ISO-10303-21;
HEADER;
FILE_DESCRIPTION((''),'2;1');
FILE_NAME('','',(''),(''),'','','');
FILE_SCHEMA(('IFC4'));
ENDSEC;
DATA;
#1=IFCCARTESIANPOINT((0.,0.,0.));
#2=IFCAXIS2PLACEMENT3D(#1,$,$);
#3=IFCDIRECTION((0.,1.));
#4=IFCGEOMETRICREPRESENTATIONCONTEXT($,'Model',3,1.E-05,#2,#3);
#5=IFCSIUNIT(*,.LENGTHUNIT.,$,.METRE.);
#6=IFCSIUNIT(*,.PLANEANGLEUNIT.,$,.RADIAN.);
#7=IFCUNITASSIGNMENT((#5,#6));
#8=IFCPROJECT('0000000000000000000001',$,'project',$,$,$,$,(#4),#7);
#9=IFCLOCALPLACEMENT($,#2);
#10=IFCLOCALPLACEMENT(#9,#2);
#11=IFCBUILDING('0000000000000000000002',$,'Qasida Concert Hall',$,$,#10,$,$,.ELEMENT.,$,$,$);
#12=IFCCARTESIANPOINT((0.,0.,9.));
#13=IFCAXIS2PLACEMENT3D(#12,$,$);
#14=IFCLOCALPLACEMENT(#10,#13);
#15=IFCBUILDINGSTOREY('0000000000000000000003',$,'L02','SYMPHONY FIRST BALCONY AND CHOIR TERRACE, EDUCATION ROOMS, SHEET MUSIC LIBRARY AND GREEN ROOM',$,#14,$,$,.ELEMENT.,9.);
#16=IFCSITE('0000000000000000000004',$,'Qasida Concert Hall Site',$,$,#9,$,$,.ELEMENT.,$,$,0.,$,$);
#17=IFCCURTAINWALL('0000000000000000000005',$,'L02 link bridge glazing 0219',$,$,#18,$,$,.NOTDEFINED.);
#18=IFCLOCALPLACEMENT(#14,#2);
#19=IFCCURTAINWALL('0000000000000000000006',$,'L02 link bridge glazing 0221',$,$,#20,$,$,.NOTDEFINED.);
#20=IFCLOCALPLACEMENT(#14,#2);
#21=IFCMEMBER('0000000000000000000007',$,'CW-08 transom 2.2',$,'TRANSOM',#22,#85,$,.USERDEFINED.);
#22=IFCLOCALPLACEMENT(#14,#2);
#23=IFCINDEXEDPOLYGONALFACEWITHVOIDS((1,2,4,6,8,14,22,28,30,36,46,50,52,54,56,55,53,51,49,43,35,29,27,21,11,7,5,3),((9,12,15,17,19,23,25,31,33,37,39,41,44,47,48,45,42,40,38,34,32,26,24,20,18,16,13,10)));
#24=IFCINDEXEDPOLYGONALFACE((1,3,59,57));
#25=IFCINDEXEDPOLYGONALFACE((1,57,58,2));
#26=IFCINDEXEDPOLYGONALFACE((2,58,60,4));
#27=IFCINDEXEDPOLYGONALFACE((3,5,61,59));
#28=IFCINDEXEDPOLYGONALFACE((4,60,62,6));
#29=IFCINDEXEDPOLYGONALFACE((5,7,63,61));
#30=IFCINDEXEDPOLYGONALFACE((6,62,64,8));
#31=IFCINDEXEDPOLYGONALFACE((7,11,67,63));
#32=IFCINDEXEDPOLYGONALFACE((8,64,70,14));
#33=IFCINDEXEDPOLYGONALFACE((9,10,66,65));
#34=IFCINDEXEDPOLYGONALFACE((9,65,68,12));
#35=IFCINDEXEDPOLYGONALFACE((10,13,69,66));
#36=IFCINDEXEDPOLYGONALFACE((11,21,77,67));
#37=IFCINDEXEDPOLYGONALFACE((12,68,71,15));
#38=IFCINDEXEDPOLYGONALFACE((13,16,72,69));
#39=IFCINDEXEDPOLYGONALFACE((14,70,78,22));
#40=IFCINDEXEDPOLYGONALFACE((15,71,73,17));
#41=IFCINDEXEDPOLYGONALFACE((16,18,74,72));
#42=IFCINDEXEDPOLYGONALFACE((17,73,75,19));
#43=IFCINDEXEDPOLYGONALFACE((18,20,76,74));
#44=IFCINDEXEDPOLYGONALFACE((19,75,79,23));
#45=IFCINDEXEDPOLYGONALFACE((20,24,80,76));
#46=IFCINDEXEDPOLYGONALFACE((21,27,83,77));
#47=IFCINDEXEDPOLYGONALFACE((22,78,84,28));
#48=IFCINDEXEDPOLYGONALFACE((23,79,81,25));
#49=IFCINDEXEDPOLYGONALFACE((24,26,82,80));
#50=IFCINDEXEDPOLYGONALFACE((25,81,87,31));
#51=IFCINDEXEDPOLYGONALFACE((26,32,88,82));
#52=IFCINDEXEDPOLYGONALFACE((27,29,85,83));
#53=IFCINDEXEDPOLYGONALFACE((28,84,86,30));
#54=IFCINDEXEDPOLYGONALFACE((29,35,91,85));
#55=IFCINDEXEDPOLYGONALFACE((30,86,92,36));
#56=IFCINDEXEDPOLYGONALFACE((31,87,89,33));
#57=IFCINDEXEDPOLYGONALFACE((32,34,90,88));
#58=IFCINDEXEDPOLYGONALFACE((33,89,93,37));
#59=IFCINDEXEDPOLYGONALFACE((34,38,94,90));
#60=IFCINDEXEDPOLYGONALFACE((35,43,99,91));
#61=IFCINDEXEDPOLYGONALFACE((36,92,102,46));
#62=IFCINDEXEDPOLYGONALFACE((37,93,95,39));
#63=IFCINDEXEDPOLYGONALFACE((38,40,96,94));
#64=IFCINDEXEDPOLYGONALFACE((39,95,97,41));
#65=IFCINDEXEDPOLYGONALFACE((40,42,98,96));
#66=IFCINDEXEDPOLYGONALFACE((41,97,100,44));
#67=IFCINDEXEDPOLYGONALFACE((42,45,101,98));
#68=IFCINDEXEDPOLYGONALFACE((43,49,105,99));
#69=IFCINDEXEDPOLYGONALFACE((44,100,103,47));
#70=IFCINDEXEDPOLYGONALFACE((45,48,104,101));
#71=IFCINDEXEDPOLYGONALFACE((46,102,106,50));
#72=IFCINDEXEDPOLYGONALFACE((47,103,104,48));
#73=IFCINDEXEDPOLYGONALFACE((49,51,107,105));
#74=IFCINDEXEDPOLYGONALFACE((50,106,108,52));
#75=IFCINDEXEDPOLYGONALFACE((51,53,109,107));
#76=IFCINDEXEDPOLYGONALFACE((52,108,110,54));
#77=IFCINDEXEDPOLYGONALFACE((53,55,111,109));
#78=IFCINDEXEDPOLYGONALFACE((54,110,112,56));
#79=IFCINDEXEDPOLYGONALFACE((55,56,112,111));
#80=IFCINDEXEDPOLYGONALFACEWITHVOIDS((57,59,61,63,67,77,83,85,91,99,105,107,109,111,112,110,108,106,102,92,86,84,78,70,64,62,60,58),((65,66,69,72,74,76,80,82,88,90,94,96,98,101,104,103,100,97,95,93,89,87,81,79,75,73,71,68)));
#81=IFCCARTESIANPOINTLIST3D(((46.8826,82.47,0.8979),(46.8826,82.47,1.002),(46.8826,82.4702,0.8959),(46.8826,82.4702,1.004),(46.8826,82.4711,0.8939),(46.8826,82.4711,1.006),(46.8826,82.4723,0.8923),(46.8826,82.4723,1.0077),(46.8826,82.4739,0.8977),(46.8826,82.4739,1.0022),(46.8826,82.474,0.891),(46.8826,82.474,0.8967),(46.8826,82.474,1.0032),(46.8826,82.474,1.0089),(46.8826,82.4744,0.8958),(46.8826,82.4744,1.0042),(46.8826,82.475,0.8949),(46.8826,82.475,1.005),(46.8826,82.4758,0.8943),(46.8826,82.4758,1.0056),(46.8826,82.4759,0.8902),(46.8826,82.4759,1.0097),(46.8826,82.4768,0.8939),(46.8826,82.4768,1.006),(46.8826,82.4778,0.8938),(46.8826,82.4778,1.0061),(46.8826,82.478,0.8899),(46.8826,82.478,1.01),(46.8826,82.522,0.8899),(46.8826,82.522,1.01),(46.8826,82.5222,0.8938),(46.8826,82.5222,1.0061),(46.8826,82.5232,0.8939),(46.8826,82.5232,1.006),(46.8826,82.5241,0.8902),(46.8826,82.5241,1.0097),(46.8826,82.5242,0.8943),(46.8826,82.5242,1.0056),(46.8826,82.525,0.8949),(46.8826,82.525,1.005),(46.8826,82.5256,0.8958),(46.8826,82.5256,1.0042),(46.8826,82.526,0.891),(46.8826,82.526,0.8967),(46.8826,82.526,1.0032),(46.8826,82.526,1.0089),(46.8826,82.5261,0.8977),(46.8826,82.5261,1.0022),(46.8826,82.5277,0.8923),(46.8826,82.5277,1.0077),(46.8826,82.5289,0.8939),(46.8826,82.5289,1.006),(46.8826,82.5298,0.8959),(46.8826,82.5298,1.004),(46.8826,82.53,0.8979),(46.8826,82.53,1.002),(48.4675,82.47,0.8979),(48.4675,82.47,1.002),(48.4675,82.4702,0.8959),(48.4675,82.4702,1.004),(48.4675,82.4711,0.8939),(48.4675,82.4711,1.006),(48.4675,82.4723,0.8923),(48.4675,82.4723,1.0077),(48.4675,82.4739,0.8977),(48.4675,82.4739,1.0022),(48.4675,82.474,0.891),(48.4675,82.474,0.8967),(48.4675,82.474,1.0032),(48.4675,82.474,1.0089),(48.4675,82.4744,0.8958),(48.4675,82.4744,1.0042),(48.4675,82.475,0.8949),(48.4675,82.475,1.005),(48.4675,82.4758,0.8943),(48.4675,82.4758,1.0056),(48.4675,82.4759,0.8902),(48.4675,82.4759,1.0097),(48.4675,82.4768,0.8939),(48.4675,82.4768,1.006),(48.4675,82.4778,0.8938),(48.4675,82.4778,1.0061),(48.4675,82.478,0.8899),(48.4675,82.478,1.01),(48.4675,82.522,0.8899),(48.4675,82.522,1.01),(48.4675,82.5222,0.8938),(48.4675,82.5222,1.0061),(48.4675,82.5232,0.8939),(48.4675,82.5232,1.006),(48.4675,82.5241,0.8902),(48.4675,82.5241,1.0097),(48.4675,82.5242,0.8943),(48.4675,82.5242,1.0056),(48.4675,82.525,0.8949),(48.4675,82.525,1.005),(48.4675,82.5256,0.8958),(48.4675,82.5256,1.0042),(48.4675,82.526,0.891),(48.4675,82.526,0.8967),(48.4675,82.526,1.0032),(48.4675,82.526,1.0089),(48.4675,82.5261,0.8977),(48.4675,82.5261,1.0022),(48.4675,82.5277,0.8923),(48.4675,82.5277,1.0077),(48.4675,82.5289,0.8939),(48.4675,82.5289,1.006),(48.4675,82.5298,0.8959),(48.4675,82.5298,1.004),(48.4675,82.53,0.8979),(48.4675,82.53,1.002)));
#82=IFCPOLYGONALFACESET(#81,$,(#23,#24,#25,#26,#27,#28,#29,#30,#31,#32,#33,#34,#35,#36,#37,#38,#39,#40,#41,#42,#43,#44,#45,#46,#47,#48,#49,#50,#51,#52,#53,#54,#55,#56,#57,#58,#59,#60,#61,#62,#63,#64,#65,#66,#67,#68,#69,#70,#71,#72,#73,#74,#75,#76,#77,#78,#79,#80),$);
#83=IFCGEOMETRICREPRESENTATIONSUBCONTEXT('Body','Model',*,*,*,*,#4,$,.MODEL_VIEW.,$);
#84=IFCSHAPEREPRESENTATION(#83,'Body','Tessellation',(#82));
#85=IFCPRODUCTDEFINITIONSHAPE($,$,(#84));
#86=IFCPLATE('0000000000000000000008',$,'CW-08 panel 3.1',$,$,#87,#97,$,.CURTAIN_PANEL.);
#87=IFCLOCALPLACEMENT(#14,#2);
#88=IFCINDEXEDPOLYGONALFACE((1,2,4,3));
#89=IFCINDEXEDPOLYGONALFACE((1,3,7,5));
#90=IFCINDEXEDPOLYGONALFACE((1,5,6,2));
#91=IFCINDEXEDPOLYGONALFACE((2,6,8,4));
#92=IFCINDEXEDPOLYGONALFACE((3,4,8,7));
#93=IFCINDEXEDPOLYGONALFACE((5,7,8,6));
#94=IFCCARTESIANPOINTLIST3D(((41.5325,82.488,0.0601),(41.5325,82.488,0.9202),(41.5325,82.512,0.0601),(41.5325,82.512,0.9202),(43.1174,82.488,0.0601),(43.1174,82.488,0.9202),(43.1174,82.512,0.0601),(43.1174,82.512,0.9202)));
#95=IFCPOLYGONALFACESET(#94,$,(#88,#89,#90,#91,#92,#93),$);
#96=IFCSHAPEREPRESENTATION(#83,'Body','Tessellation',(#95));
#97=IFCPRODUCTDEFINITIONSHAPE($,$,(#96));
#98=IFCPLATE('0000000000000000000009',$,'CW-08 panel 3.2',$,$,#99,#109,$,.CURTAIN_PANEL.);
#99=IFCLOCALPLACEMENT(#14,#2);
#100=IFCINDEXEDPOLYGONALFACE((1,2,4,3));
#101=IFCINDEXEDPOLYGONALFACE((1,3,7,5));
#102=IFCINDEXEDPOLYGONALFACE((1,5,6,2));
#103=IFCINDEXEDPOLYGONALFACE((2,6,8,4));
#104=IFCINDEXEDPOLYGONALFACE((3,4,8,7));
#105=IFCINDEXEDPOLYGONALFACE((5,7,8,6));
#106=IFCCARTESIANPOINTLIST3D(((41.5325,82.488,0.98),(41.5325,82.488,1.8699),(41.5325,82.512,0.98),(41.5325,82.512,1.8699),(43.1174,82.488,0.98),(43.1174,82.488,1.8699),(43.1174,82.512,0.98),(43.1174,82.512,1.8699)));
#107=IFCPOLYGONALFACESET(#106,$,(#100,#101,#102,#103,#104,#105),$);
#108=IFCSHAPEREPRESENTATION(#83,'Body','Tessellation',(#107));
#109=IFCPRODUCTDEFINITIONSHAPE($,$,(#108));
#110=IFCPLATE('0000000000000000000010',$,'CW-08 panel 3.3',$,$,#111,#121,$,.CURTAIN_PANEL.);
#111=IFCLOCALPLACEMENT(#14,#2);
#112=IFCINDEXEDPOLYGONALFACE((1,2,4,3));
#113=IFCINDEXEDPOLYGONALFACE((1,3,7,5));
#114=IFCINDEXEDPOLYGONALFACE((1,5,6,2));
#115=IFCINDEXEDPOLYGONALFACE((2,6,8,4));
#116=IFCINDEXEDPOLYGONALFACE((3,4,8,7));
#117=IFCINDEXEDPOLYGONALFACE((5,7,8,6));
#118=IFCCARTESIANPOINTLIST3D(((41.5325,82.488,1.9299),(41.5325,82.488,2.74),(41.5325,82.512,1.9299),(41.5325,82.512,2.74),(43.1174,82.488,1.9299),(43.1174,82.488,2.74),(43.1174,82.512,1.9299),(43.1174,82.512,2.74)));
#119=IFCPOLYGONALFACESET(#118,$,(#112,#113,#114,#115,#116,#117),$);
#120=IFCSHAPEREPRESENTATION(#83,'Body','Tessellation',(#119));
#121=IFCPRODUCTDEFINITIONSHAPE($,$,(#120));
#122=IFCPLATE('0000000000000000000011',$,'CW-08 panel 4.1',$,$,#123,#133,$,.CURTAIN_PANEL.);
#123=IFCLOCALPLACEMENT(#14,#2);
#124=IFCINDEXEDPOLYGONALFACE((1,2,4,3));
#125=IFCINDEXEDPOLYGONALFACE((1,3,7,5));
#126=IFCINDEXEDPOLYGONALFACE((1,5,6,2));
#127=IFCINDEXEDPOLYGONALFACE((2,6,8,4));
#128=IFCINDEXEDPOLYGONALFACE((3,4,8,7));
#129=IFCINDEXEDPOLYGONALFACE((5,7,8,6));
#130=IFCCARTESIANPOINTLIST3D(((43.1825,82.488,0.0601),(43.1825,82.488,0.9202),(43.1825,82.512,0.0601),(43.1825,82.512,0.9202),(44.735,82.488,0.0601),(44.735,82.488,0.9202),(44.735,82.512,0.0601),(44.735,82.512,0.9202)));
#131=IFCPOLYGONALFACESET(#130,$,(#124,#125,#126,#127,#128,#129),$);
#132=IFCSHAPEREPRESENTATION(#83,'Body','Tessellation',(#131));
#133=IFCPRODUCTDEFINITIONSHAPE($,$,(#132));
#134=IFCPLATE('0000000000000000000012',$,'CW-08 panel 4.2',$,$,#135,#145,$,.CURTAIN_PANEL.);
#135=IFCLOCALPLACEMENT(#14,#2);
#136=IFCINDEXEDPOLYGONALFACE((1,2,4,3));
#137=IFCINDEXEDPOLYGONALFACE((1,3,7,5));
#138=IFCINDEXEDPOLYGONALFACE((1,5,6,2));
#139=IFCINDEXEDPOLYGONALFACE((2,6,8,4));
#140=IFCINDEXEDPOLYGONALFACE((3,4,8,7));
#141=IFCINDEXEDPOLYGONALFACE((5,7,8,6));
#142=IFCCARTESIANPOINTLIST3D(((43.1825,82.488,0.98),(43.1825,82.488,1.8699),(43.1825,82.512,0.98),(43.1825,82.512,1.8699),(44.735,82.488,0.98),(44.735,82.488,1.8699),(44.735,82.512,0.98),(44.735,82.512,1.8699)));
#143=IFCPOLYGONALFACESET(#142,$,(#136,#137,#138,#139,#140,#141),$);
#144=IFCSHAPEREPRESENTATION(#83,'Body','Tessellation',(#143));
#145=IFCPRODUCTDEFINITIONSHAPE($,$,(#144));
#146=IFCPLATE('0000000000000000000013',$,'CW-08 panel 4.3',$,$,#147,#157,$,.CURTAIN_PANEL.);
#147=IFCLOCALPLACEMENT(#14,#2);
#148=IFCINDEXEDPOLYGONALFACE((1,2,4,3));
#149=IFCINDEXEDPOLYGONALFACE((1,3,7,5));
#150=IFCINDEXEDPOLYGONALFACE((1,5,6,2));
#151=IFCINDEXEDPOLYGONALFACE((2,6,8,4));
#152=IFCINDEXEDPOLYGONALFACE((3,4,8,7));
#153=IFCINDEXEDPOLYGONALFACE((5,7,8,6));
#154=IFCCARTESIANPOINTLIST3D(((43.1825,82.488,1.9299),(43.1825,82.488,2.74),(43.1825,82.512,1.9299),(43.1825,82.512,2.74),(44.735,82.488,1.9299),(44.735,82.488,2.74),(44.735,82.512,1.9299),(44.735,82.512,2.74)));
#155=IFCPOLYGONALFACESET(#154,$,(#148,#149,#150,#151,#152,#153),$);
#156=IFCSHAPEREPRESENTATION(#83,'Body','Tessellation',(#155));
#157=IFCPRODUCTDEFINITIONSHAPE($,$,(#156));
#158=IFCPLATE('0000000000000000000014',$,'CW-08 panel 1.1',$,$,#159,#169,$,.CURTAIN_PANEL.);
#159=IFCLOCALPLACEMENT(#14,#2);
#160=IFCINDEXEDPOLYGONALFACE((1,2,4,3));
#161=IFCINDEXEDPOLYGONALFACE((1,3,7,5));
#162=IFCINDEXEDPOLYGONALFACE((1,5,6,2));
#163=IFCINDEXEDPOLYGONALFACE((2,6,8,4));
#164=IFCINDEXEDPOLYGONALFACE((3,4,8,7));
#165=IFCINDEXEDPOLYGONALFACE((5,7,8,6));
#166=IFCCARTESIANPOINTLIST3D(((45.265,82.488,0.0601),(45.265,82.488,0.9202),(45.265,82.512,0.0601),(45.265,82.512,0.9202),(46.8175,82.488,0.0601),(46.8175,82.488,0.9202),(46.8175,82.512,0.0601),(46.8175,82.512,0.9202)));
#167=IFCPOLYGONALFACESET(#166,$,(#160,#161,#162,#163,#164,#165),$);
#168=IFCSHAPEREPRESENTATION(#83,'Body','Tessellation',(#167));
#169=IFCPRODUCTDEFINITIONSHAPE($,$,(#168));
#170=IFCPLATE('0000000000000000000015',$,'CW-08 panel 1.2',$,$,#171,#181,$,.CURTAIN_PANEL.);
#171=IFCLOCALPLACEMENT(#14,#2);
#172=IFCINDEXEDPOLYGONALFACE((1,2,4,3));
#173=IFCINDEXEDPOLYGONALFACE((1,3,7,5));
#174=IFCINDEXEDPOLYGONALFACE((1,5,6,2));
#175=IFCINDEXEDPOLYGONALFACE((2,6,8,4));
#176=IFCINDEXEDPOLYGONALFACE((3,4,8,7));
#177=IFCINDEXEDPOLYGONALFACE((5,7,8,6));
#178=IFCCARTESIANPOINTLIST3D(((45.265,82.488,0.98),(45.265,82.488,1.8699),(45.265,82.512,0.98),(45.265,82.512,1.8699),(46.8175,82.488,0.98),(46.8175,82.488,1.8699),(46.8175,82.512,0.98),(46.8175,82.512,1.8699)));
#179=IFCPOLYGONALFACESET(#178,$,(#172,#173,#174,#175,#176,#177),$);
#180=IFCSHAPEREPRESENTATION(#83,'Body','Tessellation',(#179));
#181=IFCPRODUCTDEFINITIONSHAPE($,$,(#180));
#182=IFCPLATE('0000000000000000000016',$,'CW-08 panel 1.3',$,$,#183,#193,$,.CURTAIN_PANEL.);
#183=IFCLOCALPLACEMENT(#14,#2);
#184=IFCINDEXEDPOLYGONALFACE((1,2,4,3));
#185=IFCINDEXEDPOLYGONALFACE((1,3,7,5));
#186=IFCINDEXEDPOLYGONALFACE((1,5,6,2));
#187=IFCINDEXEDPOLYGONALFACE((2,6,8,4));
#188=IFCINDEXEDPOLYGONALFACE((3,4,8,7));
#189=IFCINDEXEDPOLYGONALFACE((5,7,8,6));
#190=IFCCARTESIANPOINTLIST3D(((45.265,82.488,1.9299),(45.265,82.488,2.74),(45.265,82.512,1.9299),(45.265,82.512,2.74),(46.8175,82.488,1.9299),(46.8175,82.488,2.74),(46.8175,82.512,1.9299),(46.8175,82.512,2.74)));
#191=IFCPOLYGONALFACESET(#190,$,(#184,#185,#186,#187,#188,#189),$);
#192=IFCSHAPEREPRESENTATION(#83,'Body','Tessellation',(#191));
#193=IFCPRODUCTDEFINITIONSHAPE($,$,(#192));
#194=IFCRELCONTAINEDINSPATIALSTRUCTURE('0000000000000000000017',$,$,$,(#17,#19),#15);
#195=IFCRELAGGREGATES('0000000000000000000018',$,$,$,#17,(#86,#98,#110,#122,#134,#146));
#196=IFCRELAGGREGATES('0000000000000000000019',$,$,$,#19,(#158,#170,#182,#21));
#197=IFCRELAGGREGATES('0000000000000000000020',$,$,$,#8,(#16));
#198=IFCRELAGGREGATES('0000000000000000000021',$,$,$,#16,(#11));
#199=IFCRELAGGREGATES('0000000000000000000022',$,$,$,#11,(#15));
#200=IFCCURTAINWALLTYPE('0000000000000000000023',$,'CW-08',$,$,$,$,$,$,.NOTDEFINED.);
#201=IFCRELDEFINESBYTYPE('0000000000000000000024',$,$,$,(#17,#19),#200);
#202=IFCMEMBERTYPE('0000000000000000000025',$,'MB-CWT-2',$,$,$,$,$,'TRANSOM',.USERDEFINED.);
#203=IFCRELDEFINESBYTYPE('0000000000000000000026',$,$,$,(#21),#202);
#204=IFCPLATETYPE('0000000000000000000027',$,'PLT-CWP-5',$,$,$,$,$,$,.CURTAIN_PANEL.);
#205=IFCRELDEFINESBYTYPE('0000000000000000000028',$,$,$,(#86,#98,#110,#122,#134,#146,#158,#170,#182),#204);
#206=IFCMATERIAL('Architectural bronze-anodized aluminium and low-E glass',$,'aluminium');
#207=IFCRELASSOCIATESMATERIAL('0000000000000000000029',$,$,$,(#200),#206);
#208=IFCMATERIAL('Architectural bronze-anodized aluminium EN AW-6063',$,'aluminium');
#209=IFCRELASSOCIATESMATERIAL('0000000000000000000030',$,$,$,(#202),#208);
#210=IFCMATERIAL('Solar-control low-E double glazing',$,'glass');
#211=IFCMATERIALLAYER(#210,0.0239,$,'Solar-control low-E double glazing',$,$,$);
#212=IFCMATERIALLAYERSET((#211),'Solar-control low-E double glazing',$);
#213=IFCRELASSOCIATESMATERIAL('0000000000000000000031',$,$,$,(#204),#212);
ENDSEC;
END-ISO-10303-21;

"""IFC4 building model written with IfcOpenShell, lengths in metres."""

from ifc_helpers import new_model, si_unit, direction, frame, origin, origin_2d, place, context, subcontext, project, spatial, rectangle, hollow_rectangle, extrude, material, layer, layer_set, material_profile, profile_set, type_object, element, aggregate, save


model = new_model("IFC4")

# Units and contexts
model_context = context("Model", 3, precision=1e-05, world=origin(), true_north=direction((0.0, 1.0)))
body_context = subcontext(model_context, "Body", "Model", "MODEL_VIEW")
ifc_project = project(units=[si_unit("LENGTHUNIT", "METRE"), si_unit("PLANEANGLEUNIT", "RADIAN")], contexts=[model_context])

# Site, building, storey
site_placement = place(None, origin())
site = spatial("IfcSite", under=ifc_project, at=site_placement, Name="Qasida Concert Hall Site", CompositionType="ELEMENT", RefElevation=0.0)
building_placement = place(site_placement, origin())
building = spatial("IfcBuilding", under=site, at=building_placement, Name="Qasida Concert Hall", CompositionType="ELEMENT")
storey_placement = place(building_placement, frame((0.0, 0.0, 9.0)))
storey = spatial("IfcBuildingStorey", under=building, at=storey_placement, Name="L02", Description="SYMPHONY FIRST BALCONY AND CHOIR TERRACE, EDUCATION ROOMS, SHEET MUSIC LIBRARY AND GREEN ROOM", CompositionType="ELEMENT", Elevation=9.0)

# Curtain walls
ifc_material_1 = material(Name="Architectural bronze-anodized aluminium and low-E glass", Category="aluminium")
curtain_wall_type = type_object("IfcCurtainWallType", Name="CW-08", PredefinedType="NOTDEFINED", material=ifc_material_1)
curtain_wall_1_placement = place(storey_placement, origin())
curtain_wall_1 = element("IfcCurtainWall", 1, at=curtain_wall_1_placement, inside=storey, type_object=curtain_wall_type, Name="L02 link bridge glazing 0219", PredefinedType="NOTDEFINED")
ifc_material_2 = material(Name="Architectural bronze-anodized aluminium EN AW-6063", Category="aluminium")
curtain_wall_2_placement = place(storey_placement, origin())
curtain_wall_2 = element("IfcCurtainWall", 2, at=curtain_wall_2_placement, inside=storey, type_object=curtain_wall_type, Name="L02 link bridge glazing 0221", PredefinedType="NOTDEFINED")

# Member
ifc_material_profile_1 = material_profile(ifc_material_2, hollow_rectangle(XDim=0.0601, YDim=0.1201, WallThickness=0.0039, InnerFilletRadius=0.0039, OuterFilletRadius=0.0081, at=origin_2d()), Name="CWT 120x60x4")
ifc_profile_set_1 = profile_set([ifc_material_profile_1], Name="Architectural bronze-anodized aluminium EN AW-6063")
member_type_1 = type_object("IfcMemberType", Name="MB-CWT-2", ElementType="TRANSOM", PredefinedType="USERDEFINED", material=ifc_profile_set_1)
member_1_placement = place(storey_placement, frame((46.8826, 82.5, 0.95), z_axis=(1.0, 0.0, 0.0), x_axis=(0.0, 1.0, 0.0)))
member_1 = element("IfcMember", 3, at=member_1_placement, type_object=member_type_1, Name="CW-08 transom 2.2", ObjectType="TRANSOM", PredefinedType="USERDEFINED", context=body_context, shape_type="SweptSolid", body=[
    extrude(hollow_rectangle(XDim=0.0601, YDim=0.1201, WallThickness=0.0039, InnerFilletRadius=0.0039, OuterFilletRadius=0.0081, at=origin_2d()), origin(), (0.0, 0.0, 1.0), 1.585),
])

# Plates
ifc_material_3 = material(Name="Solar-control low-E double glazing", Category="glass")
ifc_layer = layer(ifc_material_3, 0.0239, Name="Solar-control low-E double glazing")
ifc_layer_set = layer_set([ifc_layer], Name="Solar-control low-E double glazing")
plate_type = type_object("IfcPlateType", Name="PLT-CWP-5", PredefinedType="CURTAIN_PANEL", material=ifc_layer_set)
plate_1_placement = place(storey_placement, frame((42.325, 82.5, 0.0601), z_axis=(0.0, 0.0, 1.0), x_axis=(1.0, 0.0, 0.0)))
plate_1 = element("IfcPlate", 4, at=plate_1_placement, type_object=plate_type, Name="CW-08 panel 3.1", PredefinedType="CURTAIN_PANEL", context=body_context, shape_type="SweptSolid", body=[
    extrude(rectangle(XDim=1.585, YDim=0.0239, at=origin_2d()), origin(), (0.0, 0.0, 1.0), 0.8601),
])
plate_2_placement = place(storey_placement, frame((42.325, 82.5, 0.98), z_axis=(0.0, 0.0, 1.0), x_axis=(1.0, 0.0, 0.0)))
plate_2 = element("IfcPlate", 5, at=plate_2_placement, type_object=plate_type, Name="CW-08 panel 3.2", PredefinedType="CURTAIN_PANEL", context=body_context, shape_type="SweptSolid", body=[
    extrude(rectangle(XDim=1.585, YDim=0.0239, at=origin_2d()), origin(), (0.0, 0.0, 1.0), 0.8899),
])
plate_3_placement = place(storey_placement, frame((42.325, 82.5, 1.9299), z_axis=(0.0, 0.0, 1.0), x_axis=(1.0, 0.0, 0.0)))
plate_3 = element("IfcPlate", 6, at=plate_3_placement, type_object=plate_type, Name="CW-08 panel 3.3", PredefinedType="CURTAIN_PANEL", context=body_context, shape_type="SweptSolid", body=[
    extrude(rectangle(XDim=1.585, YDim=0.0239, at=origin_2d()), origin(), (0.0, 0.0, 1.0), 0.8101),
])
plate_4_placement = place(storey_placement, frame((43.9587, 82.5, 0.0601), z_axis=(0.0, 0.0, 1.0), x_axis=(1.0, 0.0, 0.0)))
plate_4 = element("IfcPlate", 7, at=plate_4_placement, type_object=plate_type, Name="CW-08 panel 4.1", PredefinedType="CURTAIN_PANEL", context=body_context, shape_type="SweptSolid", body=[
    extrude(rectangle(XDim=1.5525, YDim=0.0239, at=origin_2d()), origin(), (0.0, 0.0, 1.0), 0.8601),
])
plate_5_placement = place(storey_placement, frame((43.9587, 82.5, 0.98), z_axis=(0.0, 0.0, 1.0), x_axis=(1.0, 0.0, 0.0)))
plate_5 = element("IfcPlate", 8, at=plate_5_placement, type_object=plate_type, Name="CW-08 panel 4.2", PredefinedType="CURTAIN_PANEL", context=body_context, shape_type="SweptSolid", body=[
    extrude(rectangle(XDim=1.5525, YDim=0.0239, at=origin_2d()), origin(), (0.0, 0.0, 1.0), 0.8899),
])
plate_6_placement = place(storey_placement, frame((43.9587, 82.5, 1.9299), z_axis=(0.0, 0.0, 1.0), x_axis=(1.0, 0.0, 0.0)))
plate_6 = element("IfcPlate", 9, at=plate_6_placement, type_object=plate_type, Name="CW-08 panel 4.3", PredefinedType="CURTAIN_PANEL", context=body_context, shape_type="SweptSolid", body=[
    extrude(rectangle(XDim=1.5525, YDim=0.0239, at=origin_2d()), origin(), (0.0, 0.0, 1.0), 0.8101),
])
aggregate(curtain_wall_1, [plate_1, plate_2, plate_3, plate_4, plate_5, plate_6])
plate_7_placement = place(storey_placement, frame((46.0413, 82.5, 0.0601), z_axis=(0.0, 0.0, 1.0), x_axis=(1.0, 0.0, 0.0)))
plate_7 = element("IfcPlate", 10, at=plate_7_placement, type_object=plate_type, Name="CW-08 panel 1.1", PredefinedType="CURTAIN_PANEL", context=body_context, shape_type="SweptSolid", body=[
    extrude(rectangle(XDim=1.5525, YDim=0.0239, at=origin_2d()), origin(), (0.0, 0.0, 1.0), 0.8601),
])
plate_8_placement = place(storey_placement, frame((46.0413, 82.5, 0.98), z_axis=(0.0, 0.0, 1.0), x_axis=(1.0, 0.0, 0.0)))
plate_8 = element("IfcPlate", 11, at=plate_8_placement, type_object=plate_type, Name="CW-08 panel 1.2", PredefinedType="CURTAIN_PANEL", context=body_context, shape_type="SweptSolid", body=[
    extrude(rectangle(XDim=1.5525, YDim=0.0239, at=origin_2d()), origin(), (0.0, 0.0, 1.0), 0.8899),
])
plate_9_placement = place(storey_placement, frame((46.0413, 82.5, 1.9299), z_axis=(0.0, 0.0, 1.0), x_axis=(1.0, 0.0, 0.0)))
plate_9 = element("IfcPlate", 12, at=plate_9_placement, type_object=plate_type, Name="CW-08 panel 1.3", PredefinedType="CURTAIN_PANEL", context=body_context, shape_type="SweptSolid", body=[
    extrude(rectangle(XDim=1.5525, YDim=0.0239, at=origin_2d()), origin(), (0.0, 0.0, 1.0), 0.8101),
])
aggregate(curtain_wall_2, [plate_7, plate_8, plate_9, member_1])

save(model, "model.ifc")
